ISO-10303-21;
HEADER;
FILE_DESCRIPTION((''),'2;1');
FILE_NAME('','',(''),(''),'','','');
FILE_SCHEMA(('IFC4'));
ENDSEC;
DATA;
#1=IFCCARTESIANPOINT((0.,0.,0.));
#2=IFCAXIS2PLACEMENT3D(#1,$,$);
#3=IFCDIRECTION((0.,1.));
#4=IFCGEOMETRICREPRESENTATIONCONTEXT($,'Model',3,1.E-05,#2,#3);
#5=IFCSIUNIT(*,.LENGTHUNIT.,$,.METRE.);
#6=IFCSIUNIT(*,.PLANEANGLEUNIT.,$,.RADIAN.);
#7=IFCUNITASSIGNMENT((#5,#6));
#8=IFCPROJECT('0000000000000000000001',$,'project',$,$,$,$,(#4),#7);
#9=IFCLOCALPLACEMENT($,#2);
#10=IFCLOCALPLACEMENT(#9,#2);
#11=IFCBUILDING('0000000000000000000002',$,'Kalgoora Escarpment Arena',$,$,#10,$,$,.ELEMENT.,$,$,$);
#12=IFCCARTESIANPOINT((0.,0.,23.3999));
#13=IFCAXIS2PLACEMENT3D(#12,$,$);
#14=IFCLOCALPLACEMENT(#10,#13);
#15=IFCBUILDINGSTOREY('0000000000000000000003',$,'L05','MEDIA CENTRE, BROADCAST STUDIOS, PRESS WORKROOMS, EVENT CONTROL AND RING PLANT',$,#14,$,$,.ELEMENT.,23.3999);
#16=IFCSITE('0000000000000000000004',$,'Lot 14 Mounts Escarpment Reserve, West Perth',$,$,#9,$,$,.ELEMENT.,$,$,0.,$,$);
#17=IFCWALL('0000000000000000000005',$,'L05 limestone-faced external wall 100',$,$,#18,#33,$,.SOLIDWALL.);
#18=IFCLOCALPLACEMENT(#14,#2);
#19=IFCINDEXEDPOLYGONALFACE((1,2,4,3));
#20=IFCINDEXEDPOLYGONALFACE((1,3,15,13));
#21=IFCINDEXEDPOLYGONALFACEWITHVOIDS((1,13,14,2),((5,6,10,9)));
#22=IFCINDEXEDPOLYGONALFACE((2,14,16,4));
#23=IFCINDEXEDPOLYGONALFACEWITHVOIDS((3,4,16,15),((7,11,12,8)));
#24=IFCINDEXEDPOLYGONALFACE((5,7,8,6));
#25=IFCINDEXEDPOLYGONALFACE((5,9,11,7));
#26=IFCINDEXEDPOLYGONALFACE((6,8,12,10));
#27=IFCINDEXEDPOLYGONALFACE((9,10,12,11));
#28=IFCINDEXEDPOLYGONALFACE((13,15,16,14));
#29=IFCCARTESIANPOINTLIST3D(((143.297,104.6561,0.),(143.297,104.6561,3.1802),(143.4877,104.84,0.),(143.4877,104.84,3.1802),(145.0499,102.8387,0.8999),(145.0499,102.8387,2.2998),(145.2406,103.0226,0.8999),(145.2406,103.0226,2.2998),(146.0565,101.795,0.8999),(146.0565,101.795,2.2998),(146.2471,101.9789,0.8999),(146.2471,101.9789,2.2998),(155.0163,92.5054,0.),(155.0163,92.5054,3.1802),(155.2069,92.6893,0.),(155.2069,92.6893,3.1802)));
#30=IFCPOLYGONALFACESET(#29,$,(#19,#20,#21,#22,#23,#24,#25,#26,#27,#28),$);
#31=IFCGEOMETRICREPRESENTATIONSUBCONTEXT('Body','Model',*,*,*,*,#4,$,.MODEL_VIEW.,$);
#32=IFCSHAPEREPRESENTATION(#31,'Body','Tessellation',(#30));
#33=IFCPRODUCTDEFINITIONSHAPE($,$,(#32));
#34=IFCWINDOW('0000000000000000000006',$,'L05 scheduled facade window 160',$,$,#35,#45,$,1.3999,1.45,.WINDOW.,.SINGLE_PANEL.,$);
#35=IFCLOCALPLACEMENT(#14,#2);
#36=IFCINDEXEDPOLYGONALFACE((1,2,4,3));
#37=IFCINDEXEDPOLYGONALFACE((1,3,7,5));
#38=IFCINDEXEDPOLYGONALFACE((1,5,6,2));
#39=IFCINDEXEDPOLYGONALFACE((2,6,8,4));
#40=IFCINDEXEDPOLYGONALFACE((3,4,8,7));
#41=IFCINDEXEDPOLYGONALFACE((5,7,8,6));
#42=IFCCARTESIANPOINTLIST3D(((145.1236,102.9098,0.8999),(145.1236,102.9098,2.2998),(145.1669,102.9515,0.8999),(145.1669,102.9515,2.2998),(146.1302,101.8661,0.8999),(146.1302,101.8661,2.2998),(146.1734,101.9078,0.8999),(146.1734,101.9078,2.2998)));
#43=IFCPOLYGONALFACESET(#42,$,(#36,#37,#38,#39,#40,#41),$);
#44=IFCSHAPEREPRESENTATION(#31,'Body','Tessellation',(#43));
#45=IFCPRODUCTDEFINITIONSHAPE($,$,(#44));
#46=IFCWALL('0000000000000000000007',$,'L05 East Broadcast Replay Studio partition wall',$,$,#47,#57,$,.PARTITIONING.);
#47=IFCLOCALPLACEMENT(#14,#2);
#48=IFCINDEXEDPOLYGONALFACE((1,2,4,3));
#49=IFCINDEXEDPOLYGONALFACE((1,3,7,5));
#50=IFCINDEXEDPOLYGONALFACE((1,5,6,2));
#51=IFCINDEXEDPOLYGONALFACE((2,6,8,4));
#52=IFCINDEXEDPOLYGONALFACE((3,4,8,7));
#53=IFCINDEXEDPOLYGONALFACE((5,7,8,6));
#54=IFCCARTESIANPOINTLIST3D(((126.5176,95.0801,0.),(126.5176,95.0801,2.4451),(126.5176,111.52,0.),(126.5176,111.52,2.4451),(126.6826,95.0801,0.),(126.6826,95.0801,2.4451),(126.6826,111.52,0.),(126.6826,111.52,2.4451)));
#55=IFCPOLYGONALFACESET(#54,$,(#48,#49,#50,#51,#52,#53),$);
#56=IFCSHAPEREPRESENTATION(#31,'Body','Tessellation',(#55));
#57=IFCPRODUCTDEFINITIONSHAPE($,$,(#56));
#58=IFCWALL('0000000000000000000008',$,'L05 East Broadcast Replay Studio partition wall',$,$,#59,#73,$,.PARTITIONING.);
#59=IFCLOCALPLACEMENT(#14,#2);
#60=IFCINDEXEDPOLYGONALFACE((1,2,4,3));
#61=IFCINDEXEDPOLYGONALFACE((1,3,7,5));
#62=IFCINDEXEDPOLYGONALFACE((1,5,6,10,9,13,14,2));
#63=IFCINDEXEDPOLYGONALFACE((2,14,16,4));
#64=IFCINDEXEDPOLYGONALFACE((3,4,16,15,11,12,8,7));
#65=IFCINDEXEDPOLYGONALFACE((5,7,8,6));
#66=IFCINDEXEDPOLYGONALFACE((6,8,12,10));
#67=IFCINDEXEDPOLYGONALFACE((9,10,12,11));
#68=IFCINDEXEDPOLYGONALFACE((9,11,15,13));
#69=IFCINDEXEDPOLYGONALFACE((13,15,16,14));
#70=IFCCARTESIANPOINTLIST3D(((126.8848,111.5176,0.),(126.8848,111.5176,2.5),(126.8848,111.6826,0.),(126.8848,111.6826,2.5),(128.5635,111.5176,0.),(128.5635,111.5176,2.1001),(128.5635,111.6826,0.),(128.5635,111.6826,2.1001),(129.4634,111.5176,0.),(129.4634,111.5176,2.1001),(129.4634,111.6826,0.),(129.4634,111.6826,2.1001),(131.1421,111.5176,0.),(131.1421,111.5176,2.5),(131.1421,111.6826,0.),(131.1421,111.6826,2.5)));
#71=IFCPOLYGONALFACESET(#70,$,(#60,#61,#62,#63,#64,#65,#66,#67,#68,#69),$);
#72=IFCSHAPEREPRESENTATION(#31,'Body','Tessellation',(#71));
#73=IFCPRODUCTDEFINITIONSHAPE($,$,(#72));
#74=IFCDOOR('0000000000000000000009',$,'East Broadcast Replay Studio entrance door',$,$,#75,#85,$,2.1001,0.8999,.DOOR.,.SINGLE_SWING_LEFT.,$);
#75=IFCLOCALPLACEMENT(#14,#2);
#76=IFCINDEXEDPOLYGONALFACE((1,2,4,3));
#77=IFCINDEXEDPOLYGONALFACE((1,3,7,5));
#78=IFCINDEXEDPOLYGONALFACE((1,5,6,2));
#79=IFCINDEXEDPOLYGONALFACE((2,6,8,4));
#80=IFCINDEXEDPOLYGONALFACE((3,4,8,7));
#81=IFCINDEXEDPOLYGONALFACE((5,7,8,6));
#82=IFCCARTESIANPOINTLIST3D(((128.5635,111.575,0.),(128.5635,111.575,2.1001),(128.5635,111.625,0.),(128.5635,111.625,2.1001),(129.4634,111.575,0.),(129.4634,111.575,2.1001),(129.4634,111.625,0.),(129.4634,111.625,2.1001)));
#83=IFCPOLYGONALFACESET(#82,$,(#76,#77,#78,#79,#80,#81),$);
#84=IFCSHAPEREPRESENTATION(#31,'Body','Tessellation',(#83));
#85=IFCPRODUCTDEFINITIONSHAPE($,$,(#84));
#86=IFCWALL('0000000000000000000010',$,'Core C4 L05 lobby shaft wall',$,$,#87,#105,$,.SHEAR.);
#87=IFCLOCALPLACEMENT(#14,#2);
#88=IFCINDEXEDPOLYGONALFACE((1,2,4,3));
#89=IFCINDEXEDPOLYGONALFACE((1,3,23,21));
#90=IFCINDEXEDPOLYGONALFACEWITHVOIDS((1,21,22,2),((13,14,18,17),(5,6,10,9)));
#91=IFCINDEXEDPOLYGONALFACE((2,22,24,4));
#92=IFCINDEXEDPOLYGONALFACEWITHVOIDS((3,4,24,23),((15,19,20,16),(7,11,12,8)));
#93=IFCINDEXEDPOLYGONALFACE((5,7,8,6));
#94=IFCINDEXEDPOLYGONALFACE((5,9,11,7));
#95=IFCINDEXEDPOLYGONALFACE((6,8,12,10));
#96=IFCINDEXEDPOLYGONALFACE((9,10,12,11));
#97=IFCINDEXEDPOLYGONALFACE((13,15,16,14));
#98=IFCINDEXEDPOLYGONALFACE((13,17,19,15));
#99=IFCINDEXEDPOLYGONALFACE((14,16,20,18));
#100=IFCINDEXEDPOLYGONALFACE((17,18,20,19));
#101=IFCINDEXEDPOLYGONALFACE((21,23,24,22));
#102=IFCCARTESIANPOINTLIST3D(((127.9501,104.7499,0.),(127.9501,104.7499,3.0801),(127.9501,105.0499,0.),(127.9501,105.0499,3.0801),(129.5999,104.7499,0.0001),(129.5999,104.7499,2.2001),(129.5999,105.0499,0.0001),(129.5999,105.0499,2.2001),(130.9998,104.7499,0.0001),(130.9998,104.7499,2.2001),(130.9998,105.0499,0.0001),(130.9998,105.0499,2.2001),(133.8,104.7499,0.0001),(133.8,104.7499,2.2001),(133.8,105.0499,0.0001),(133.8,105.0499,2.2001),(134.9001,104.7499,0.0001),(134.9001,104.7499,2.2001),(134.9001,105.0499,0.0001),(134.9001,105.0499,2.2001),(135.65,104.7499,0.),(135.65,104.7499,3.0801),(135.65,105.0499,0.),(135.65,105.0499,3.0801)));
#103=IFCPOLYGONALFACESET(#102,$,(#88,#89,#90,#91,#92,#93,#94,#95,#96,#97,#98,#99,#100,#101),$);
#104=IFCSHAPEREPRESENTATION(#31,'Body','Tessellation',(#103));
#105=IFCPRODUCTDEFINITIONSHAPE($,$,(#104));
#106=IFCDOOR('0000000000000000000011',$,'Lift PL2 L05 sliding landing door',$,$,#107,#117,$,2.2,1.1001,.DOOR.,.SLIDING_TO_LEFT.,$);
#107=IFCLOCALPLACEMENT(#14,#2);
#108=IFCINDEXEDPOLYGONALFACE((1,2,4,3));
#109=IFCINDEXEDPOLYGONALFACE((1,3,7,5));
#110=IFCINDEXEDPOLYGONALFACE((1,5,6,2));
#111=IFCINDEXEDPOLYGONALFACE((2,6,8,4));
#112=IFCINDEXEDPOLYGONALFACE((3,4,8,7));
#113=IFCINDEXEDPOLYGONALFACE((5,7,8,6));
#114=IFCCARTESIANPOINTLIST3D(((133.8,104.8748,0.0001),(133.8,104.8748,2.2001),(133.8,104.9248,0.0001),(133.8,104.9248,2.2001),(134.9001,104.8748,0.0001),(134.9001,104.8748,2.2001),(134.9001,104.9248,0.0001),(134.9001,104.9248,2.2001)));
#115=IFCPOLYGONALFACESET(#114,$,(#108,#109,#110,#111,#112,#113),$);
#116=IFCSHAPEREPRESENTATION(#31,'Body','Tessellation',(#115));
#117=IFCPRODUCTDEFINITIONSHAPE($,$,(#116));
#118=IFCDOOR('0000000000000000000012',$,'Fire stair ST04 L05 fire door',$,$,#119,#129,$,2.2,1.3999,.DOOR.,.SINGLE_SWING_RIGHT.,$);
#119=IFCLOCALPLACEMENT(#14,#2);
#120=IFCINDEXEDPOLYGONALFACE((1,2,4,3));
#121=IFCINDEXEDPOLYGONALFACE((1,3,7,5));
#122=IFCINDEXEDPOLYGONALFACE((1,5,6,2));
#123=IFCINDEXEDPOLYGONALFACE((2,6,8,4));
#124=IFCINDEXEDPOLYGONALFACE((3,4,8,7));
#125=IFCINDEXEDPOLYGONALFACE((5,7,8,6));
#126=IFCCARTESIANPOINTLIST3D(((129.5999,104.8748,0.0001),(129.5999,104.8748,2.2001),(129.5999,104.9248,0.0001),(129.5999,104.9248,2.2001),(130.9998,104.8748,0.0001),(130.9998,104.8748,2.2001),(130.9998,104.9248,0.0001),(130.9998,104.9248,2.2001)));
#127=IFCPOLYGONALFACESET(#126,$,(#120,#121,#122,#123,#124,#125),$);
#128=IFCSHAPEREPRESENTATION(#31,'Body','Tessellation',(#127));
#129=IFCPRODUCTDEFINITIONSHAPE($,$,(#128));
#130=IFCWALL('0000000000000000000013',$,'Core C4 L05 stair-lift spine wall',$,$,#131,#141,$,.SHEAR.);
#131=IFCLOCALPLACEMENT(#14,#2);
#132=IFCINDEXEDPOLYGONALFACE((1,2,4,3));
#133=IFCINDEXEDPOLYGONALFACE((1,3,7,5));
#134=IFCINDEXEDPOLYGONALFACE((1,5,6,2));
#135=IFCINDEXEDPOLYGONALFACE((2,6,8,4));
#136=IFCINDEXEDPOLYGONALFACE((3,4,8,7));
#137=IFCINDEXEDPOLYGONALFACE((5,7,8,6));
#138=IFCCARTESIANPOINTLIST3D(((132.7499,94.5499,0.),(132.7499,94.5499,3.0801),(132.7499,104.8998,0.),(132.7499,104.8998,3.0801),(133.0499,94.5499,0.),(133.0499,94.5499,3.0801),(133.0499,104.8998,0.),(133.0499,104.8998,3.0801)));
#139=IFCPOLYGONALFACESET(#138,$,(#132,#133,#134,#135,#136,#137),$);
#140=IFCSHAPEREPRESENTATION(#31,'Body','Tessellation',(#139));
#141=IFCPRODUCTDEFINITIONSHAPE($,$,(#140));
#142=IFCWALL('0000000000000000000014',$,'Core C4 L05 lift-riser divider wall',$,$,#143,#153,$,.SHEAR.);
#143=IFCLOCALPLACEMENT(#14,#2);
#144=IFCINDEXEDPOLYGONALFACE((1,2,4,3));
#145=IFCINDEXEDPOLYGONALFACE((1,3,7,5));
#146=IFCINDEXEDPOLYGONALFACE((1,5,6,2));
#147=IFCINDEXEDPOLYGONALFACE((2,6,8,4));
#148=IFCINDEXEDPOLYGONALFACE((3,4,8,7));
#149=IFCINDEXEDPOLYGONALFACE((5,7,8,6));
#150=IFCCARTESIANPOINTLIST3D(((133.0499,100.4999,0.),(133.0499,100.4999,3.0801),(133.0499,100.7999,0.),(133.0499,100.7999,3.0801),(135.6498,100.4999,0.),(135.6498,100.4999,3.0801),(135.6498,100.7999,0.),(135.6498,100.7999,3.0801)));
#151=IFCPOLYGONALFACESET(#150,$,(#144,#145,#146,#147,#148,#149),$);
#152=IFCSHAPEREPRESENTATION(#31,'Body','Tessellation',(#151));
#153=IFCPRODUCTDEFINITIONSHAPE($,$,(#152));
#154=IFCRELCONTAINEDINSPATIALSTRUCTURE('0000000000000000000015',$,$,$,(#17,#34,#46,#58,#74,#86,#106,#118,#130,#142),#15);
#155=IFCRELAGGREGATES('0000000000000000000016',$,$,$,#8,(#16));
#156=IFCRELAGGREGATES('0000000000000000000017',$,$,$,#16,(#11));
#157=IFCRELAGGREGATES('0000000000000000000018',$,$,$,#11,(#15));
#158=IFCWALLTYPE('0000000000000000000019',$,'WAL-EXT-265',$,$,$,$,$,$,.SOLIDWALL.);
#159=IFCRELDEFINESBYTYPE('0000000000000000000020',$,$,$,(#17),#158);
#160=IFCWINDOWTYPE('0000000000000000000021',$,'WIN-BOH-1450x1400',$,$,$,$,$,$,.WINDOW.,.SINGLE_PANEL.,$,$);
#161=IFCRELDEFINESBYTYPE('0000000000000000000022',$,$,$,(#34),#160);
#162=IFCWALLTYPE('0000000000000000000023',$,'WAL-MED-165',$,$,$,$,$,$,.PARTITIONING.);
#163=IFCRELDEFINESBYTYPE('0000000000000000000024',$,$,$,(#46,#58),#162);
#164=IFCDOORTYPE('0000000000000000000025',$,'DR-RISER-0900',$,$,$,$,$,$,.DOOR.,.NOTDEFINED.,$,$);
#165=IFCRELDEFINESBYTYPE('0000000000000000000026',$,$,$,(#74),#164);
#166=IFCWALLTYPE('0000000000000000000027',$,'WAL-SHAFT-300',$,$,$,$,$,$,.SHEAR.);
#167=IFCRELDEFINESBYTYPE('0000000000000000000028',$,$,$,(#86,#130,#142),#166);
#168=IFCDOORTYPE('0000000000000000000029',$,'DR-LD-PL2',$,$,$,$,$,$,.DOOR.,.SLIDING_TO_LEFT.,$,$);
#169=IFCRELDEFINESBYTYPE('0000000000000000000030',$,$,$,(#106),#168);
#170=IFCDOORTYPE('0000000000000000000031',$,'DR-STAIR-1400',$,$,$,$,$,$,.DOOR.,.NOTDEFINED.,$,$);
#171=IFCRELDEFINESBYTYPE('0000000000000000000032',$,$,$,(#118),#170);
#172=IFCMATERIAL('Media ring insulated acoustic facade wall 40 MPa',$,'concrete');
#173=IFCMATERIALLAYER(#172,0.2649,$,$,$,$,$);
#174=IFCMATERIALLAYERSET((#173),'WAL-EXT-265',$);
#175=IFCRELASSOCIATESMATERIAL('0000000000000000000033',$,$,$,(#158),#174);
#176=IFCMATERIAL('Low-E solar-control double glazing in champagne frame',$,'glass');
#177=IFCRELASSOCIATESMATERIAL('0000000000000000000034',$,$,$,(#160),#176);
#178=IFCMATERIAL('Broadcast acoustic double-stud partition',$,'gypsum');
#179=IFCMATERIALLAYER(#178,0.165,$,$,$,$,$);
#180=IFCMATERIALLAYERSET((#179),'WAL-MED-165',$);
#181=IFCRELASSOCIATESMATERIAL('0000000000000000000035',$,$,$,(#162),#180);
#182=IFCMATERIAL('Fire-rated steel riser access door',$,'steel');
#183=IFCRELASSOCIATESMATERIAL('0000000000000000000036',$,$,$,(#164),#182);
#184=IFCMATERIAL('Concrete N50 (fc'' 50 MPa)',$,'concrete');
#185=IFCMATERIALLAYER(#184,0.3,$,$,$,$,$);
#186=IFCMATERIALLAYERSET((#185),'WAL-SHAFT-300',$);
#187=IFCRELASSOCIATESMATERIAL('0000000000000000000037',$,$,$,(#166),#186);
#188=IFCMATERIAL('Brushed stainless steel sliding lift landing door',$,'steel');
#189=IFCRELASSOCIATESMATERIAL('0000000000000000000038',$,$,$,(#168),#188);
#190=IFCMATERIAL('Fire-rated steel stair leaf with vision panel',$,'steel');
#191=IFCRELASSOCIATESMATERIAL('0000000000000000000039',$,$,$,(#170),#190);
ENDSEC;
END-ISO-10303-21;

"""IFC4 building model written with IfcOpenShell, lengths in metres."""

from ifc_helpers import new_model, si_unit, direction, frame, frame_2d, origin, place, context, subcontext, project, spatial, rectangle, extrude, material, layer, layer_set, type_object, element, fill, save


model = new_model("IFC4")

# Units and contexts
model_context = context("Model", 3, precision=1e-05, world=origin(), true_north=direction((0.0, 1.0)))
body_context = subcontext(model_context, "Body", "Model", "MODEL_VIEW")
ifc_project = project(units=[si_unit("LENGTHUNIT", "METRE"), si_unit("PLANEANGLEUNIT", "RADIAN")], contexts=[model_context])

# Site, building, storey
site_placement = place(None, origin())
site = spatial("IfcSite", under=ifc_project, at=site_placement, Name="Lot 14 Mounts Escarpment Reserve, West Perth", CompositionType="ELEMENT", RefElevation=0.0)
building_placement = place(site_placement, origin())
building = spatial("IfcBuilding", under=site, at=building_placement, Name="Kalgoora Escarpment Arena", CompositionType="ELEMENT")
storey_placement = place(building_placement, frame((0.0, 0.0, 23.3999)))
storey = spatial("IfcBuildingStorey", under=building, at=storey_placement, Name="L05", Description="MEDIA CENTRE, BROADCAST STUDIOS, PRESS WORKROOMS, EVENT CONTROL AND RING PLANT", CompositionType="ELEMENT", Elevation=23.3999)

# Shared definitions
ifc_material_1 = material(Name="Media ring insulated acoustic facade wall 40 MPa", Category="concrete")
ifc_layer_1 = layer(ifc_material_1, 0.2649)
ifc_layer_set_1 = layer_set([ifc_layer_1], Name="WAL-EXT-265")
wall_type_1 = type_object("IfcWallType", Name="WAL-EXT-265", PredefinedType="SOLIDWALL", material=ifc_layer_set_1)

# Wall, opening, window
wall_1_placement = place(storey_placement, frame((143.3923, 104.748, 0.0), z_axis=(0.0, 0.0, 1.0), x_axis=(0.694214, -0.719769, 0.0)))
wall_1 = element("IfcWall", 1, at=wall_1_placement, inside=storey, type_object=wall_type_1, Name="L05 limestone-faced external wall 100", PredefinedType="SOLIDWALL", context=body_context, shape_type="SweptSolid", body=[
    extrude(rectangle(XDim=16.8813, YDim=0.2649, at=frame_2d((8.4407, 0.0))), origin(), (0.0, 0.0, 1.0), 3.1802),
])
opening_1_placement = place(wall_1_placement, frame((2.5249, 0.0, 0.8999)))
opening_1 = element("IfcOpeningElement", 2, at=opening_1_placement, cuts=wall_1, PredefinedType="OPENING", context=body_context, shape_type="SweptSolid", body=[
    extrude(rectangle(XDim=1.45, YDim=1.3999, at=frame_2d((0.7251, 0.7))), frame((0.0, 0.1423, 0.0), z_axis=(0.0, -1.0, 0.0), x_axis=(1.0, 0.0, 0.0)), (0.0, 0.0, 1.0), 0.2849),
])
ifc_material_2 = material(Name="Low-E solar-control double glazing in champagne frame", Category="glass")
window_type_1 = type_object("IfcWindowType", Name="WIN-BOH-1450x1400", PartitioningType="SINGLE_PANEL", PredefinedType="WINDOW", material=ifc_material_2)
window_1_placement = place(opening_1_placement, origin())
window_1 = element("IfcWindow", 3, at=window_1_placement, inside=storey, type_object=window_type_1, Name="L05 scheduled facade window 160", OverallHeight=1.3999, OverallWidth=1.45, PartitioningType="SINGLE_PANEL", PredefinedType="WINDOW", context=body_context, shape_type="SweptSolid", body=[
    extrude(rectangle(XDim=1.45, YDim=1.3999, at=frame_2d((0.7251, 0.7))), frame((0.0, 0.03, 0.0), z_axis=(0.0, -1.0, 0.0), x_axis=(1.0, 0.0, 0.0)), (0.0, 0.0, 1.0), 0.0601),
])
fill(opening_1, window_1)

# Wall
ifc_material_3 = material(Name="Broadcast acoustic double-stud partition", Category="gypsum")
ifc_layer_2 = layer(ifc_material_3, 0.165)
ifc_layer_set_2 = layer_set([ifc_layer_2], Name="WAL-MED-165")
wall_type_2 = type_object("IfcWallType", Name="WAL-MED-165", PredefinedType="PARTITIONING", material=ifc_layer_set_2)
wall_2_placement = place(storey_placement, frame((126.6001, 95.0801, 0.0), z_axis=(0.0, 0.0, 1.0), x_axis=(0.0, 1.0, 0.0)))
element("IfcWall", 4, at=wall_2_placement, inside=storey, type_object=wall_type_2, Name="L05 East Broadcast Replay Studio partition wall", PredefinedType="PARTITIONING", context=body_context, shape_type="SweptSolid", body=[
    extrude(rectangle(XDim=16.4399, YDim=0.165, at=frame_2d((8.22, 0.0))), origin(), (0.0, 0.0, 1.0), 2.4451),
])

# Wall, opening, door
wall_3_placement = place(storey_placement, frame((126.8848, 111.6001, 0.0), z_axis=(0.0, 0.0, 1.0), x_axis=(1.0, 0.0, 0.0)))
wall_3 = element("IfcWall", 5, at=wall_3_placement, inside=storey, type_object=wall_type_2, Name="L05 East Broadcast Replay Studio partition wall", PredefinedType="PARTITIONING", context=body_context, shape_type="SweptSolid", body=[
    extrude(rectangle(XDim=4.2573, YDim=0.165, at=frame_2d((2.1287, 0.0))), origin(), (0.0, 0.0, 1.0), 2.5),
])
opening_2_placement = place(wall_3_placement, frame((1.6787, 0.0, 0.0)))
opening_2 = element("IfcOpeningElement", 6, at=opening_2_placement, cuts=wall_3, PredefinedType="OPENING", context=body_context, shape_type="SweptSolid", body=[
    extrude(rectangle(XDim=0.8999, YDim=2.1001, at=frame_2d((0.45, 1.05))), frame((0.0, 0.0925, 0.0), z_axis=(0.0, -1.0, 0.0), x_axis=(1.0, 0.0, 0.0)), (0.0, 0.0, 1.0), 0.1851),
])
ifc_material_4 = material(Name="Fire-rated steel riser access door", Category="steel")
door_type_1 = type_object("IfcDoorType", Name="DR-RISER-0900", OperationType="NOTDEFINED", PredefinedType="DOOR", material=ifc_material_4)
door_1_placement = place(opening_2_placement, origin())
door_1 = element("IfcDoor", 7, at=door_1_placement, inside=storey, type_object=door_type_1, Name="East Broadcast Replay Studio entrance door", OperationType="SINGLE_SWING_LEFT", OverallHeight=2.1001, OverallWidth=0.8999, PredefinedType="DOOR", context=body_context, shape_type="SweptSolid", body=[
    extrude(rectangle(XDim=0.8999, YDim=2.1001, at=frame_2d((0.45, 1.05))), frame((0.0, 0.0249, 0.0), z_axis=(0.0, -1.0, 0.0), x_axis=(1.0, 0.0, 0.0)), (0.0, 0.0, 1.0), 0.05),
])
fill(opening_2, door_1)

# Wall, openings, doors
ifc_material_5 = material(Name="Concrete N50 (fc' 50 MPa)", Category="concrete")
ifc_layer_3 = layer(ifc_material_5, 0.3)
ifc_layer_set_3 = layer_set([ifc_layer_3], Name="WAL-SHAFT-300")
wall_type_3 = type_object("IfcWallType", Name="WAL-SHAFT-300", PredefinedType="SHEAR", material=ifc_layer_set_3)
wall_4_placement = place(storey_placement, frame((127.95, 104.8999, 0.0), z_axis=(0.0, 0.0, 1.0), x_axis=(1.0, 0.0, 0.0)))
wall_4 = element("IfcWall", 8, at=wall_4_placement, inside=storey, type_object=wall_type_3, Name="Core C4 L05 lobby shaft wall", PredefinedType="SHEAR", context=body_context, shape_type="SweptSolid", body=[
    extrude(rectangle(XDim=7.7, YDim=0.3, at=frame_2d((3.8501, 0.0))), origin(), (0.0, 0.0, 1.0), 3.0801),
])
opening_3_placement = place(wall_4_placement, frame((1.6499, 0.0, 0.0)))
opening_3 = element("IfcOpeningElement", 9, at=opening_3_placement, cuts=wall_4, PredefinedType="OPENING", context=body_context, shape_type="SweptSolid", body=[
    extrude(rectangle(XDim=1.3999, YDim=2.2, at=frame_2d((0.7, 1.1001))), frame((0.0, 0.1599, 0.0), z_axis=(0.0, -1.0, 0.0), x_axis=(1.0, 0.0, 0.0)), (0.0, 0.0, 1.0), 0.3201),
])
opening_4_placement = place(wall_4_placement, frame((5.8501, 0.0, 0.0)))
opening_4 = element("IfcOpeningElement", 10, at=opening_4_placement, cuts=wall_4, PredefinedType="OPENING", context=body_context, shape_type="SweptSolid", body=[
    extrude(rectangle(XDim=1.1001, YDim=2.2, at=frame_2d((0.55, 1.1001))), frame((0.0, 0.1599, 0.0), z_axis=(0.0, -1.0, 0.0), x_axis=(1.0, 0.0, 0.0)), (0.0, 0.0, 1.0), 0.3201),
])
ifc_material_6 = material(Name="Brushed stainless steel sliding lift landing door", Category="steel")
door_type_2 = type_object("IfcDoorType", Name="DR-LD-PL2", OperationType="SLIDING_TO_LEFT", PredefinedType="DOOR", material=ifc_material_6)
door_2_placement = place(opening_4_placement, origin())
door_2 = element("IfcDoor", 11, at=door_2_placement, inside=storey, type_object=door_type_2, Name="Lift PL2 L05 sliding landing door", OperationType="SLIDING_TO_LEFT", OverallHeight=2.2, OverallWidth=1.1001, PredefinedType="DOOR", context=body_context, shape_type="SweptSolid", body=[
    extrude(rectangle(XDim=1.1001, YDim=2.2, at=frame_2d((0.55, 1.1001))), frame((0.0, 0.0249, 0.0), z_axis=(0.0, -1.0, 0.0), x_axis=(1.0, 0.0, 0.0)), (0.0, 0.0, 1.0), 0.05),
])
fill(opening_4, door_2)
ifc_material_7 = material(Name="Fire-rated steel stair leaf with vision panel", Category="steel")
door_type_3 = type_object("IfcDoorType", Name="DR-STAIR-1400", OperationType="NOTDEFINED", PredefinedType="DOOR", material=ifc_material_7)
door_3_placement = place(opening_3_placement, origin())
door_3 = element("IfcDoor", 12, at=door_3_placement, inside=storey, type_object=door_type_3, Name="Fire stair ST04 L05 fire door", OperationType="SINGLE_SWING_RIGHT", OverallHeight=2.2, OverallWidth=1.3999, PredefinedType="DOOR", context=body_context, shape_type="SweptSolid", body=[
    extrude(rectangle(XDim=1.3999, YDim=2.2, at=frame_2d((0.7, 1.1001))), frame((0.0, 0.0249, 0.0), z_axis=(0.0, -1.0, 0.0), x_axis=(1.0, 0.0, 0.0)), (0.0, 0.0, 1.0), 0.05),
])
fill(opening_3, door_3)

# Walls
wall_5_placement = place(storey_placement, frame((132.8999, 94.55, 0.0), z_axis=(0.0, 0.0, 1.0), x_axis=(0.0, 1.0, 0.0)))
element("IfcWall", 13, at=wall_5_placement, inside=storey, type_object=wall_type_3, Name="Core C4 L05 stair-lift spine wall", PredefinedType="SHEAR", context=body_context, shape_type="SweptSolid", body=[
    extrude(rectangle(XDim=10.3499, YDim=0.3, at=frame_2d((5.1748, 0.0))), origin(), (0.0, 0.0, 1.0), 3.0801),
])
wall_6_placement = place(storey_placement, frame((133.05, 100.6499, 0.0), z_axis=(0.0, 0.0, 1.0), x_axis=(1.0, 0.0, 0.0)))
element("IfcWall", 14, at=wall_6_placement, inside=storey, type_object=wall_type_3, Name="Core C4 L05 lift-riser divider wall", PredefinedType="SHEAR", context=body_context, shape_type="SweptSolid", body=[
    extrude(rectangle(XDim=2.5999, YDim=0.3, at=frame_2d((1.2998, 0.0))), origin(), (0.0, 0.0, 1.0), 3.0801),
])

save(model, "model.ifc")
